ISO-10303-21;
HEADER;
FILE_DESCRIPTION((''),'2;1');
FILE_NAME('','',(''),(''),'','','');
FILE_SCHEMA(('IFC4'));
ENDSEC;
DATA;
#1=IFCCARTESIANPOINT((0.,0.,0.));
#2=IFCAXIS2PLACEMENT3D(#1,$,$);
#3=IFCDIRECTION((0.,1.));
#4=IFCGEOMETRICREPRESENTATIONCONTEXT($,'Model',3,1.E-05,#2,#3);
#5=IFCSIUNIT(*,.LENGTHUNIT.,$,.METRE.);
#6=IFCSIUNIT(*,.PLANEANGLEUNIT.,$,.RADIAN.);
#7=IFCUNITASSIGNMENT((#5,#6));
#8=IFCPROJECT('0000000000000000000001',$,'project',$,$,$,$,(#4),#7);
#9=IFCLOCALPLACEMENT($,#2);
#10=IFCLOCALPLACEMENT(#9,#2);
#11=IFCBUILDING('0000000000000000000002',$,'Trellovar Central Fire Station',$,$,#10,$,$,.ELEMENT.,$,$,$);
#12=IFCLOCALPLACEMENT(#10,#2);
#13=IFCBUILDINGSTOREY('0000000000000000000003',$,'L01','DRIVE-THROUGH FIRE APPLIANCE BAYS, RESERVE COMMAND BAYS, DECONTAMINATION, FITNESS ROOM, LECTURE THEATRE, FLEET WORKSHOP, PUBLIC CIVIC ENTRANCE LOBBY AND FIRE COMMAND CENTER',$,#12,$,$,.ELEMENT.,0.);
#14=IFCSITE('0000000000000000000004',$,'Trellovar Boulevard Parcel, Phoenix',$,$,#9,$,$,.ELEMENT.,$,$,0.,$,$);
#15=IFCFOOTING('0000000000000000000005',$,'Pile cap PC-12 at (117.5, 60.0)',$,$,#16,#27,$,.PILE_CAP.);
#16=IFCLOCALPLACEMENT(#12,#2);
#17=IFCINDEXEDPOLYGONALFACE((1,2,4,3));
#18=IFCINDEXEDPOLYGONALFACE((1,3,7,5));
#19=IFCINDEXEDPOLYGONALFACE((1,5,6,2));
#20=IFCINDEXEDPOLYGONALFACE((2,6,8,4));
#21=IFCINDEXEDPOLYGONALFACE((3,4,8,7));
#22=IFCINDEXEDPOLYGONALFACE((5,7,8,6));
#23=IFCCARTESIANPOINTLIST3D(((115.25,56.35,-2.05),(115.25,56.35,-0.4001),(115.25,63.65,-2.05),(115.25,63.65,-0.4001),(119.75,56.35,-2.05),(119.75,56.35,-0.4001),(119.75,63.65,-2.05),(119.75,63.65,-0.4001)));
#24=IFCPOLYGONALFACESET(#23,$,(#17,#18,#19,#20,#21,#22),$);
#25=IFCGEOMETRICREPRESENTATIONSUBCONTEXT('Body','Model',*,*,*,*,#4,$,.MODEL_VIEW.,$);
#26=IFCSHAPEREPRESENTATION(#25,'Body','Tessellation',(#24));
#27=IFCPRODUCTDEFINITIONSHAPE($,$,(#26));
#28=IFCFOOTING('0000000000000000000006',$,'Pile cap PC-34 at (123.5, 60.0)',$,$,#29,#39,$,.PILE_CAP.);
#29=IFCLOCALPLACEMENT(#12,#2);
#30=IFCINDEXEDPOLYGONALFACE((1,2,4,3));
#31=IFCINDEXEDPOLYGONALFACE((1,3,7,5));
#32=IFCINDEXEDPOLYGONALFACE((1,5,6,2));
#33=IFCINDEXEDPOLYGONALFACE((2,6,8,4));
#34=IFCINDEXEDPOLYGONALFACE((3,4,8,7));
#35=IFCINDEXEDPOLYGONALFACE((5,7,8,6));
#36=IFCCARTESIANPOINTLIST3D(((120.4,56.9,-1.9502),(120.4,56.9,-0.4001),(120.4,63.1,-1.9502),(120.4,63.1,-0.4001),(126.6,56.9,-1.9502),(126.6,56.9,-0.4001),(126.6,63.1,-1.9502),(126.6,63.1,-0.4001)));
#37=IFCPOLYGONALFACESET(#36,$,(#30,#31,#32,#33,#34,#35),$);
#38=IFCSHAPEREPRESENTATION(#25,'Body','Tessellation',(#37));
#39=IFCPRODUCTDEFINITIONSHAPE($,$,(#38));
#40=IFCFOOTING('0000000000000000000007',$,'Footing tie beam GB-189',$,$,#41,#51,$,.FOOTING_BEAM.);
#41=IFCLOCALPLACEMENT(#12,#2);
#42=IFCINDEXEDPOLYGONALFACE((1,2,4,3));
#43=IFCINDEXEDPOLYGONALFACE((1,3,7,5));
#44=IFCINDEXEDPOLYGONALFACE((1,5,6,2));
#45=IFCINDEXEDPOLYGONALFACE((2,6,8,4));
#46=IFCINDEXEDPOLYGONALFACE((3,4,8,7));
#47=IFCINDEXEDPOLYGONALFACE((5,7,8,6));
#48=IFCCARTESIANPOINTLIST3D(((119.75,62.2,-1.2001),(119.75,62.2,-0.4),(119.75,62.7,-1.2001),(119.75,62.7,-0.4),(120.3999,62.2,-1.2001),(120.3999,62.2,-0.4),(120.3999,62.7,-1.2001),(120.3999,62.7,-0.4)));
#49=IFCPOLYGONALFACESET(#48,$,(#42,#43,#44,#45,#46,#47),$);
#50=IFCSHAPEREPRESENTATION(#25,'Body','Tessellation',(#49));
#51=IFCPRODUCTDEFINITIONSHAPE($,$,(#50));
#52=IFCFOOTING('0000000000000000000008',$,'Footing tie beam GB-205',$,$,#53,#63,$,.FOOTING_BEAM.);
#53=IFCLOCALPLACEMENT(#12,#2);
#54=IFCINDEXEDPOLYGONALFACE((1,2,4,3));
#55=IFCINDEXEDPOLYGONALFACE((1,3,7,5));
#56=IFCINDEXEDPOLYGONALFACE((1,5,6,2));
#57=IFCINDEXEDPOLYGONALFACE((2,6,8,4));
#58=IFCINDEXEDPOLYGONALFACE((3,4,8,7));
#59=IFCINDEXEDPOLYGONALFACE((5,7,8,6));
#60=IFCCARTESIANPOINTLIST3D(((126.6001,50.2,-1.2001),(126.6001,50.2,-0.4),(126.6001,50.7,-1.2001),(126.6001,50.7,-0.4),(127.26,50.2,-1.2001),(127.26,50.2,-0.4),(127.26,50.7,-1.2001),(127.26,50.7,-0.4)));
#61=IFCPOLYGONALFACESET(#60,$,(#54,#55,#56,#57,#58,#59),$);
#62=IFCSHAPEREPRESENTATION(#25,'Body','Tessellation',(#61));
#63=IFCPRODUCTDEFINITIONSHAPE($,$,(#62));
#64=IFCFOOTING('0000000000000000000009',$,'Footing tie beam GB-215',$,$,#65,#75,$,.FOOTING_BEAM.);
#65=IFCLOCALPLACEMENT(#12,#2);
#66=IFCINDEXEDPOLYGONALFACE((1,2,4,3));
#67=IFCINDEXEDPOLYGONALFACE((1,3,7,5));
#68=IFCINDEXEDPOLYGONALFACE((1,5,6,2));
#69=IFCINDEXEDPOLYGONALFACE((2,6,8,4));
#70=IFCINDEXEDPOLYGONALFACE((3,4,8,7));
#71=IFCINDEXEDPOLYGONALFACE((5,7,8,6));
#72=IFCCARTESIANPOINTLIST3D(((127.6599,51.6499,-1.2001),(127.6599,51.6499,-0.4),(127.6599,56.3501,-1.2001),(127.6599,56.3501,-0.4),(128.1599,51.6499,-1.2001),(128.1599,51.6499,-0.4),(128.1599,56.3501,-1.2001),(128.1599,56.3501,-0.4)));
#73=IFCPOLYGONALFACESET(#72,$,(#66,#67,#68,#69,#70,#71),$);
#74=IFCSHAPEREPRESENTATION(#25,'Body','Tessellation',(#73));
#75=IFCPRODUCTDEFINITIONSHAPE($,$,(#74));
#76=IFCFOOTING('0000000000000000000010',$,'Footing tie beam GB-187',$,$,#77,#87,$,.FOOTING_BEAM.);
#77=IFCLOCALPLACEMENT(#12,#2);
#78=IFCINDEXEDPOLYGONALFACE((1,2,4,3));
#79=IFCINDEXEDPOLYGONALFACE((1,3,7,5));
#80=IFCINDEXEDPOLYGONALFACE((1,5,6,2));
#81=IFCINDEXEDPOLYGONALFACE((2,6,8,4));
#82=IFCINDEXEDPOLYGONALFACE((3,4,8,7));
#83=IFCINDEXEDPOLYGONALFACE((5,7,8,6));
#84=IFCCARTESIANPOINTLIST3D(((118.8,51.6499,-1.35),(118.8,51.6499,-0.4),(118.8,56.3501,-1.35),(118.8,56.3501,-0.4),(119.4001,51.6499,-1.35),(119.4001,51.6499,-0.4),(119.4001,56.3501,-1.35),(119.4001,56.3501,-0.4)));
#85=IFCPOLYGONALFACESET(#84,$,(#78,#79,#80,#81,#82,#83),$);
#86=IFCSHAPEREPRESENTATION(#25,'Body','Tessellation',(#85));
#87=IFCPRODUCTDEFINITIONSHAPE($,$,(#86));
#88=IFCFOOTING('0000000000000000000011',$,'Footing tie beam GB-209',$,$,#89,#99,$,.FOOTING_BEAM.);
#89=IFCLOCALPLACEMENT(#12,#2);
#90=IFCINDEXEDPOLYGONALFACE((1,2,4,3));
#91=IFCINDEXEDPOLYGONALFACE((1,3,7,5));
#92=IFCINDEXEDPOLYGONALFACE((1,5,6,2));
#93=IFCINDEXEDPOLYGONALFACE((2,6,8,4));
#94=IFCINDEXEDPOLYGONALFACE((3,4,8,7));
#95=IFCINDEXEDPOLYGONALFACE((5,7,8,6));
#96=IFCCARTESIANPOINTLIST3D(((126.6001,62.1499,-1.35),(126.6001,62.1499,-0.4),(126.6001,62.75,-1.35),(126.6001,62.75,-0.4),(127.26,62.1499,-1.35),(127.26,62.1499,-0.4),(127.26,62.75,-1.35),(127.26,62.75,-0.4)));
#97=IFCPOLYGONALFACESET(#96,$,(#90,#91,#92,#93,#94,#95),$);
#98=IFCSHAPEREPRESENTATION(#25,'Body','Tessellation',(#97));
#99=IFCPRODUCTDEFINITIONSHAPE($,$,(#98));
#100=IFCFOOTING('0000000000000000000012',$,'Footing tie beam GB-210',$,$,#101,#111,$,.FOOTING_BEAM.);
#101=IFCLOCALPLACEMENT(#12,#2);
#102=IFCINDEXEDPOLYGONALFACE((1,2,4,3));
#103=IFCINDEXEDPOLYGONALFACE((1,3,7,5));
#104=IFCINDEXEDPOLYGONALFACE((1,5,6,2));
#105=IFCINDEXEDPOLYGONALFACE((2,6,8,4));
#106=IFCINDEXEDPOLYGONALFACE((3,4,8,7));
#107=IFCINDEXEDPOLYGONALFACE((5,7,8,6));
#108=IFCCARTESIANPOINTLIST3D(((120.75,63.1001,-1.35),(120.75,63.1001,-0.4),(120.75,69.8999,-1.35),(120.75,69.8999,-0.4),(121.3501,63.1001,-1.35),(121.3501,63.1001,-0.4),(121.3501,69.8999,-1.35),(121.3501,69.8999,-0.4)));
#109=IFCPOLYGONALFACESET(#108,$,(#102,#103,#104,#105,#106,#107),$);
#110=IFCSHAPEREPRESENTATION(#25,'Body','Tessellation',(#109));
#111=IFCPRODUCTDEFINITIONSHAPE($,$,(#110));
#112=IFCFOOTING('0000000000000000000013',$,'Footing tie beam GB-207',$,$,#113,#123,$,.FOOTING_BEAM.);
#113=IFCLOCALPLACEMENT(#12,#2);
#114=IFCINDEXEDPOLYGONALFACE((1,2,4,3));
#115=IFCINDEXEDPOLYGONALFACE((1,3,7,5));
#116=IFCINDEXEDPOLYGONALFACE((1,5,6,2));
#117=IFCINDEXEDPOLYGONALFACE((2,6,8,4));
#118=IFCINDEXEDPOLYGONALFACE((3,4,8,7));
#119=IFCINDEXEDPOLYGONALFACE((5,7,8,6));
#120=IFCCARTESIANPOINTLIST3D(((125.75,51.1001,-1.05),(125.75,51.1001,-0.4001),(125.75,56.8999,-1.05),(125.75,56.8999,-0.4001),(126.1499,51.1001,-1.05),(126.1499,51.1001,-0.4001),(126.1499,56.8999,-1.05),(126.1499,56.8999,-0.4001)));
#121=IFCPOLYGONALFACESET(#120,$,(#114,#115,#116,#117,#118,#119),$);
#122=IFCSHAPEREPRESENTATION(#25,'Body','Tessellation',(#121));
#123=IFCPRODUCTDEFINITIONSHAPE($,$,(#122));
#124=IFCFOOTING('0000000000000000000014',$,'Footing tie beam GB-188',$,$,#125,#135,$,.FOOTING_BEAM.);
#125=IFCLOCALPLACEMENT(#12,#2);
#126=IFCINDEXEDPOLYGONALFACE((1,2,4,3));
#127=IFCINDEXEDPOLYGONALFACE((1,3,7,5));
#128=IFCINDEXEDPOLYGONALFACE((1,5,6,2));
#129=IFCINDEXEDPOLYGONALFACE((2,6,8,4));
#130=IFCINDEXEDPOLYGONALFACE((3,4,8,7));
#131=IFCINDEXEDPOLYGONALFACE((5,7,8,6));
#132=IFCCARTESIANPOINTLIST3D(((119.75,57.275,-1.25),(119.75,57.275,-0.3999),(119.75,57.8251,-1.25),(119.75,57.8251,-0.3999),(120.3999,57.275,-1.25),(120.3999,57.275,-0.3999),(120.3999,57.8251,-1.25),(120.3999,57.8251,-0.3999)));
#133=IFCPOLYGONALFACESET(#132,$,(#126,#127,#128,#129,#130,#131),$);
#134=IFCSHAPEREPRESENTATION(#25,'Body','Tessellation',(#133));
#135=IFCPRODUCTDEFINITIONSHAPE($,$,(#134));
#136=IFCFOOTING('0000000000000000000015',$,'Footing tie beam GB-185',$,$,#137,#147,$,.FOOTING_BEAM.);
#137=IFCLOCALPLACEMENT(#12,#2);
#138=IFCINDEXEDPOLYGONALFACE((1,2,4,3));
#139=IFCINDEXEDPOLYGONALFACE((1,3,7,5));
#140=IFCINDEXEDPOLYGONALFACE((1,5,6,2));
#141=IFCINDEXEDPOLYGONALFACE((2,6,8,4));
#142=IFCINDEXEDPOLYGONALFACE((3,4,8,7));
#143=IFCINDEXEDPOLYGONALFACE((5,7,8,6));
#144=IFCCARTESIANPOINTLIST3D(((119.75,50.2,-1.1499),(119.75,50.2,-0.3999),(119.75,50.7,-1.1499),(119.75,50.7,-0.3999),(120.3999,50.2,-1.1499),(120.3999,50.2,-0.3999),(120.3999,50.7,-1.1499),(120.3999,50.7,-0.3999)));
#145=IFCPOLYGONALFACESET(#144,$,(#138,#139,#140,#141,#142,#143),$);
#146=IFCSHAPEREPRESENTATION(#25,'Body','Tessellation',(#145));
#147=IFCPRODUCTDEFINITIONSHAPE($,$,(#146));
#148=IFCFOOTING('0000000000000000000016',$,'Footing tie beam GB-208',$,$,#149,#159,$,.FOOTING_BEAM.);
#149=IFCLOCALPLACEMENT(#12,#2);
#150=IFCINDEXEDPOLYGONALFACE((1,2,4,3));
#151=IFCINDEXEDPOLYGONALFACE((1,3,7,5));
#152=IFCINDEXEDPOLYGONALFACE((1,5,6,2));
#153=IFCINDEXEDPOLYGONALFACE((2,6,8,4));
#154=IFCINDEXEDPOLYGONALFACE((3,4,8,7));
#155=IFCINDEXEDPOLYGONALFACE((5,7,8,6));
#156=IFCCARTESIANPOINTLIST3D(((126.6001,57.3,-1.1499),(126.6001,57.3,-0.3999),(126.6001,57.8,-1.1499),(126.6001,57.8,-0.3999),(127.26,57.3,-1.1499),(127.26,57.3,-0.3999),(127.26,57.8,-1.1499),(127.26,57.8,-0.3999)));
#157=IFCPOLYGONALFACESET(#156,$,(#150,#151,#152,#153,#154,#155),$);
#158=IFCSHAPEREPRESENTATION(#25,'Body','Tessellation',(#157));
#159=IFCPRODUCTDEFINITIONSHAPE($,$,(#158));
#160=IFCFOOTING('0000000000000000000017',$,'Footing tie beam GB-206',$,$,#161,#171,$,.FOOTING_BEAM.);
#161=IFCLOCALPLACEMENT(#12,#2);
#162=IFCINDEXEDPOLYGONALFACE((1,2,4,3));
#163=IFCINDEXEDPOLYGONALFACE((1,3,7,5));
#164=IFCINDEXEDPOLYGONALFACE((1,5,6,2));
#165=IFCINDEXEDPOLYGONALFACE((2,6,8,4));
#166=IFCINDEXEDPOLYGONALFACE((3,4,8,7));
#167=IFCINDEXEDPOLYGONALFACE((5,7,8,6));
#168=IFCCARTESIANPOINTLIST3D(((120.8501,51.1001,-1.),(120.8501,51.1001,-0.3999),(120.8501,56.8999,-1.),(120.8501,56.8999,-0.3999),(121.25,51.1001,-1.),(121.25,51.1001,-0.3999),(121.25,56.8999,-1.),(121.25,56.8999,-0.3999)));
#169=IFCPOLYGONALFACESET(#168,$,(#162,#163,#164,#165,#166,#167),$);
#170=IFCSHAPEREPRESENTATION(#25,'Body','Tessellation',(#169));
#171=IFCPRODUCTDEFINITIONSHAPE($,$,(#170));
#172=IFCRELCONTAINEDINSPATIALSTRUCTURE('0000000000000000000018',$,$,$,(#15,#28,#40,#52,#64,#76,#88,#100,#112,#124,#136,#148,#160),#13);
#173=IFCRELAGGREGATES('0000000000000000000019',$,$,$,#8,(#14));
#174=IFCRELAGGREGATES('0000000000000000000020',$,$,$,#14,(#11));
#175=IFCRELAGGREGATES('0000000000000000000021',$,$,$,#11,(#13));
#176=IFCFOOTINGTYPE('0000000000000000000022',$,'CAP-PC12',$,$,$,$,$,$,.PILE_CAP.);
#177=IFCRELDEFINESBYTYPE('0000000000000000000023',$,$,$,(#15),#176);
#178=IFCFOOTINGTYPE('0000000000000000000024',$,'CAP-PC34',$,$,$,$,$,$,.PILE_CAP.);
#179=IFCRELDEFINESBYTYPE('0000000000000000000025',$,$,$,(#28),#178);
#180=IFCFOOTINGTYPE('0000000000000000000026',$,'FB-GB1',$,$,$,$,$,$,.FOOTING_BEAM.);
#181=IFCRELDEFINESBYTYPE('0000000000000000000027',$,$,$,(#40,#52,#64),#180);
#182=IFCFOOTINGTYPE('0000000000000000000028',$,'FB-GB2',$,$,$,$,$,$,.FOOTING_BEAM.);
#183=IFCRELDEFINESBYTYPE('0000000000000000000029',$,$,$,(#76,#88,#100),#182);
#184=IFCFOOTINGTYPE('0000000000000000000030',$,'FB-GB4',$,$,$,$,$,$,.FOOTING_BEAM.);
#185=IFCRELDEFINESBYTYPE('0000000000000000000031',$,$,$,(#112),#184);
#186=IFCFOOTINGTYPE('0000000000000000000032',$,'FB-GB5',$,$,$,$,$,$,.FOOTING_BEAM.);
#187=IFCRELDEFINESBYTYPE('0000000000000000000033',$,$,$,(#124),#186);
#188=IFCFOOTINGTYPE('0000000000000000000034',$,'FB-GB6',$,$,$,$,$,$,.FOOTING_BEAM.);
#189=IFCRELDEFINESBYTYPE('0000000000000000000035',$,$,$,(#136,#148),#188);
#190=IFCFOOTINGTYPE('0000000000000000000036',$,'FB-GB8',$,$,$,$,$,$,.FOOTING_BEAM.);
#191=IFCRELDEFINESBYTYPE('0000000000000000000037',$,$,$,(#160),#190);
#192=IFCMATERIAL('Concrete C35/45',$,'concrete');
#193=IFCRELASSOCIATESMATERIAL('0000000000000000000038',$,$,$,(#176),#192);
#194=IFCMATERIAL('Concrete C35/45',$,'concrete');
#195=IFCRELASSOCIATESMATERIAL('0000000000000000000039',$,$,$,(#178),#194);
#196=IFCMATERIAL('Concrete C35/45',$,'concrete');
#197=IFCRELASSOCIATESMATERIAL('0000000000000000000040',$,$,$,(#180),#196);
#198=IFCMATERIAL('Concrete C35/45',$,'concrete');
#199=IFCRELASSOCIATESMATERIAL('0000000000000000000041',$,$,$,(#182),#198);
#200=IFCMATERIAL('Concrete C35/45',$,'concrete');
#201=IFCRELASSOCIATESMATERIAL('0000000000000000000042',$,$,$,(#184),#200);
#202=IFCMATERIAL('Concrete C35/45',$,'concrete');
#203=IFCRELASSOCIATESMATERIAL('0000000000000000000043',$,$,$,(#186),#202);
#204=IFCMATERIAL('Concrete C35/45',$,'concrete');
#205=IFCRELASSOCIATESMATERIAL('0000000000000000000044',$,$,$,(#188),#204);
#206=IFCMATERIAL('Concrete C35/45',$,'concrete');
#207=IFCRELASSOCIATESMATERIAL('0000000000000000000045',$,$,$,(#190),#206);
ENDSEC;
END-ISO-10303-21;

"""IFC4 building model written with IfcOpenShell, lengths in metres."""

from ifc_helpers import new_model, si_unit, direction, frame, origin, origin_2d, place, context, subcontext, project, spatial, rectangle, extrude, material, material_profile, profile_set, type_object, element, save


model = new_model("IFC4")

# Units and contexts
model_context = context("Model", 3, precision=1e-05, world=origin(), true_north=direction((0.0, 1.0)))
body_context = subcontext(model_context, "Body", "Model", "MODEL_VIEW")
ifc_project = project(units=[si_unit("LENGTHUNIT", "METRE"), si_unit("PLANEANGLEUNIT", "RADIAN")], contexts=[model_context])

# Site, building, storey
site_placement = place(None, origin())
site = spatial("IfcSite", under=ifc_project, at=site_placement, Name="Trellovar Boulevard Parcel, Phoenix", CompositionType="ELEMENT", RefElevation=0.0)
building_placement = place(site_placement, origin())
building = spatial("IfcBuilding", under=site, at=building_placement, Name="Trellovar Central Fire Station", CompositionType="ELEMENT")
storey_placement = place(building_placement, origin())
storey = spatial("IfcBuildingStorey", under=building, at=storey_placement, Name="L01", Description="DRIVE-THROUGH FIRE APPLIANCE BAYS, RESERVE COMMAND BAYS, DECONTAMINATION, FITNESS ROOM, LECTURE THEATRE, FLEET WORKSHOP, PUBLIC CIVIC ENTRANCE LOBBY AND FIRE COMMAND CENTER", CompositionType="ELEMENT", Elevation=0.0)

# Footings
ifc_material_1 = material(Name="Concrete C35/45", Category="concrete")
footing_type_1 = type_object("IfcFootingType", Name="CAP-PC12", PredefinedType="PILE_CAP", material=ifc_material_1)
footing_1_placement = place(storey_placement, frame((117.5, 60.0, -2.05), z_axis=(0.0, 0.0, 1.0), x_axis=(1.0, 0.0, 0.0)))
element("IfcFooting", 1, at=footing_1_placement, inside=storey, type_object=footing_type_1, Name="Pile cap PC-12 at (117.5, 60.0)", PredefinedType="PILE_CAP", context=body_context, shape_type="SweptSolid", body=[
    extrude(rectangle(XDim=4.5, YDim=7.3, at=origin_2d()), origin(), (0.0, 0.0, 1.0), 1.6499),
])
ifc_material_2 = material(Name="Concrete C35/45", Category="concrete")
footing_type_2 = type_object("IfcFootingType", Name="CAP-PC34", PredefinedType="PILE_CAP", material=ifc_material_2)
footing_2_placement = place(storey_placement, frame((123.5, 60.0, -1.9502), z_axis=(0.0, 0.0, 1.0), x_axis=(1.0, 0.0, 0.0)))
element("IfcFooting", 2, at=footing_2_placement, inside=storey, type_object=footing_type_2, Name="Pile cap PC-34 at (123.5, 60.0)", PredefinedType="PILE_CAP", context=body_context, shape_type="SweptSolid", body=[
    extrude(rectangle(XDim=6.2, YDim=6.2, at=origin_2d()), origin(), (0.0, 0.0, 1.0), 1.55),
])
ifc_material_3 = material(Name="Concrete C35/45", Category="concrete")
ifc_material_profile_1 = material_profile(ifc_material_3, rectangle(XDim=0.5, YDim=0.8, at=origin_2d()), Name="RC500X800")
ifc_profile_set_1 = profile_set([ifc_material_profile_1], Name="Concrete C35/45")
footing_type_3 = type_object("IfcFootingType", Name="FB-GB1", PredefinedType="FOOTING_BEAM", material=ifc_profile_set_1)
footing_3_placement = place(storey_placement, frame((119.75, 62.45, -0.8), z_axis=(1.0, 0.0, 0.0), x_axis=(0.0, 1.0, 0.0)))
element("IfcFooting", 3, at=footing_3_placement, inside=storey, type_object=footing_type_3, Name="Footing tie beam GB-189", PredefinedType="FOOTING_BEAM", context=body_context, shape_type="SweptSolid", body=[
    extrude(rectangle(XDim=0.5, YDim=0.8, at=origin_2d()), origin(), (0.0, 0.0, 1.0), 0.6499),
])
footing_4_placement = place(storey_placement, frame((126.6001, 50.45, -0.8), z_axis=(1.0, 0.0, 0.0), x_axis=(0.0, 1.0, 0.0)))
element("IfcFooting", 4, at=footing_4_placement, inside=storey, type_object=footing_type_3, Name="Footing tie beam GB-205", PredefinedType="FOOTING_BEAM", context=body_context, shape_type="SweptSolid", body=[
    extrude(rectangle(XDim=0.5, YDim=0.8, at=origin_2d()), origin(), (0.0, 0.0, 1.0), 0.6599),
])
footing_5_placement = place(storey_placement, frame((127.9099, 51.6499, -0.8), z_axis=(0.0, 1.0, 0.0), x_axis=(-1.0, 0.0, 0.0)))
element("IfcFooting", 5, at=footing_5_placement, inside=storey, type_object=footing_type_3, Name="Footing tie beam GB-215", PredefinedType="FOOTING_BEAM", context=body_context, shape_type="SweptSolid", body=[
    extrude(rectangle(XDim=0.5, YDim=0.8, at=origin_2d()), origin(), (0.0, 0.0, 1.0), 4.7002),
])
ifc_material_4 = material(Name="Concrete C35/45", Category="concrete")
ifc_material_profile_2 = material_profile(ifc_material_4, rectangle(XDim=0.6001, YDim=0.95, at=origin_2d()), Name="RC600X950")
ifc_profile_set_2 = profile_set([ifc_material_profile_2], Name="Concrete C35/45")
footing_type_4 = type_object("IfcFootingType", Name="FB-GB2", PredefinedType="FOOTING_BEAM", material=ifc_profile_set_2)
footing_6_placement = place(storey_placement, frame((119.1001, 51.6499, -0.875), z_axis=(0.0, 1.0, 0.0), x_axis=(-1.0, 0.0, 0.0)))
element("IfcFooting", 6, at=footing_6_placement, inside=storey, type_object=footing_type_4, Name="Footing tie beam GB-187", PredefinedType="FOOTING_BEAM", context=body_context, shape_type="SweptSolid", body=[
    extrude(rectangle(XDim=0.6001, YDim=0.95, at=origin_2d()), origin(), (0.0, 0.0, 1.0), 4.7002),
])
footing_7_placement = place(storey_placement, frame((126.6001, 62.45, -0.875), z_axis=(1.0, 0.0, 0.0), x_axis=(0.0, 1.0, 0.0)))
element("IfcFooting", 7, at=footing_7_placement, inside=storey, type_object=footing_type_4, Name="Footing tie beam GB-209", PredefinedType="FOOTING_BEAM", context=body_context, shape_type="SweptSolid", body=[
    extrude(rectangle(XDim=0.6001, YDim=0.95, at=origin_2d()), origin(), (0.0, 0.0, 1.0), 0.6599),
])
footing_8_placement = place(storey_placement, frame((121.05, 63.1001, -0.875), z_axis=(0.0, 1.0, 0.0), x_axis=(-1.0, 0.0, 0.0)))
element("IfcFooting", 8, at=footing_8_placement, inside=storey, type_object=footing_type_4, Name="Footing tie beam GB-210", PredefinedType="FOOTING_BEAM", context=body_context, shape_type="SweptSolid", body=[
    extrude(rectangle(XDim=0.6001, YDim=0.95, at=origin_2d()), origin(), (0.0, 0.0, 1.0), 6.7998),
])
ifc_material_5 = material(Name="Concrete C35/45", Category="concrete")
ifc_material_profile_3 = material_profile(ifc_material_5, rectangle(XDim=0.3999, YDim=0.6499, at=origin_2d()), Name="RC400X650")
ifc_profile_set_3 = profile_set([ifc_material_profile_3], Name="Concrete C35/45")
footing_type_5 = type_object("IfcFootingType", Name="FB-GB4", PredefinedType="FOOTING_BEAM", material=ifc_profile_set_3)
footing_9_placement = place(storey_placement, frame((125.95, 51.1001, -0.7251), z_axis=(0.0, 1.0, 0.0), x_axis=(-1.0, 0.0, 0.0)))
element("IfcFooting", 9, at=footing_9_placement, inside=storey, type_object=footing_type_5, Name="Footing tie beam GB-207", PredefinedType="FOOTING_BEAM", context=body_context, shape_type="SweptSolid", body=[
    extrude(rectangle(XDim=0.3999, YDim=0.6499, at=origin_2d()), origin(), (0.0, 0.0, 1.0), 5.7998),
])
ifc_material_6 = material(Name="Concrete C35/45", Category="concrete")
ifc_material_profile_4 = material_profile(ifc_material_6, rectangle(XDim=0.55, YDim=0.8501, at=origin_2d()), Name="RC550X850")
ifc_profile_set_4 = profile_set([ifc_material_profile_4], Name="Concrete C35/45")
footing_type_6 = type_object("IfcFootingType", Name="FB-GB5", PredefinedType="FOOTING_BEAM", material=ifc_profile_set_4)
footing_10_placement = place(storey_placement, frame((119.75, 57.55, -0.825), z_axis=(1.0, 0.0, 0.0), x_axis=(0.0, 1.0, 0.0)))
element("IfcFooting", 10, at=footing_10_placement, inside=storey, type_object=footing_type_6, Name="Footing tie beam GB-188", PredefinedType="FOOTING_BEAM", context=body_context, shape_type="SweptSolid", body=[
    extrude(rectangle(XDim=0.55, YDim=0.8501, at=origin_2d()), origin(), (0.0, 0.0, 1.0), 0.6499),
])
ifc_material_7 = material(Name="Concrete C35/45", Category="concrete")
ifc_material_profile_5 = material_profile(ifc_material_7, rectangle(XDim=0.5, YDim=0.75, at=origin_2d()), Name="RC500X750")
ifc_profile_set_5 = profile_set([ifc_material_profile_5], Name="Concrete C35/45")
footing_type_7 = type_object("IfcFootingType", Name="FB-GB6", PredefinedType="FOOTING_BEAM", material=ifc_profile_set_5)
footing_11_placement = place(storey_placement, frame((119.75, 50.45, -0.7749), z_axis=(1.0, 0.0, 0.0), x_axis=(0.0, 1.0, 0.0)))
element("IfcFooting", 11, at=footing_11_placement, inside=storey, type_object=footing_type_7, Name="Footing tie beam GB-185", PredefinedType="FOOTING_BEAM", context=body_context, shape_type="SweptSolid", body=[
    extrude(rectangle(XDim=0.5, YDim=0.75, at=origin_2d()), origin(), (0.0, 0.0, 1.0), 0.6499),
])
footing_12_placement = place(storey_placement, frame((126.6001, 57.55, -0.7749), z_axis=(1.0, 0.0, 0.0), x_axis=(0.0, 1.0, 0.0)))
element("IfcFooting", 12, at=footing_12_placement, inside=storey, type_object=footing_type_7, Name="Footing tie beam GB-208", PredefinedType="FOOTING_BEAM", context=body_context, shape_type="SweptSolid", body=[
    extrude(rectangle(XDim=0.5, YDim=0.75, at=origin_2d()), origin(), (0.0, 0.0, 1.0), 0.6599),
])
ifc_material_8 = material(Name="Concrete C35/45", Category="concrete")
ifc_material_profile_6 = material_profile(ifc_material_8, rectangle(XDim=0.3999, YDim=0.6001, at=origin_2d()), Name="RC400X600")
ifc_profile_set_6 = profile_set([ifc_material_profile_6], Name="Concrete C35/45")
footing_type_8 = type_object("IfcFootingType", Name="FB-GB8", PredefinedType="FOOTING_BEAM", material=ifc_profile_set_6)
footing_13_placement = place(storey_placement, frame((121.05, 51.1001, -0.7), z_axis=(0.0, 1.0, 0.0), x_axis=(-1.0, 0.0, 0.0)))
element("IfcFooting", 13, at=footing_13_placement, inside=storey, type_object=footing_type_8, Name="Footing tie beam GB-206", PredefinedType="FOOTING_BEAM", context=body_context, shape_type="SweptSolid", body=[
    extrude(rectangle(XDim=0.3999, YDim=0.6001, at=origin_2d()), origin(), (0.0, 0.0, 1.0), 5.7998),
])

save(model, "model.ifc")
